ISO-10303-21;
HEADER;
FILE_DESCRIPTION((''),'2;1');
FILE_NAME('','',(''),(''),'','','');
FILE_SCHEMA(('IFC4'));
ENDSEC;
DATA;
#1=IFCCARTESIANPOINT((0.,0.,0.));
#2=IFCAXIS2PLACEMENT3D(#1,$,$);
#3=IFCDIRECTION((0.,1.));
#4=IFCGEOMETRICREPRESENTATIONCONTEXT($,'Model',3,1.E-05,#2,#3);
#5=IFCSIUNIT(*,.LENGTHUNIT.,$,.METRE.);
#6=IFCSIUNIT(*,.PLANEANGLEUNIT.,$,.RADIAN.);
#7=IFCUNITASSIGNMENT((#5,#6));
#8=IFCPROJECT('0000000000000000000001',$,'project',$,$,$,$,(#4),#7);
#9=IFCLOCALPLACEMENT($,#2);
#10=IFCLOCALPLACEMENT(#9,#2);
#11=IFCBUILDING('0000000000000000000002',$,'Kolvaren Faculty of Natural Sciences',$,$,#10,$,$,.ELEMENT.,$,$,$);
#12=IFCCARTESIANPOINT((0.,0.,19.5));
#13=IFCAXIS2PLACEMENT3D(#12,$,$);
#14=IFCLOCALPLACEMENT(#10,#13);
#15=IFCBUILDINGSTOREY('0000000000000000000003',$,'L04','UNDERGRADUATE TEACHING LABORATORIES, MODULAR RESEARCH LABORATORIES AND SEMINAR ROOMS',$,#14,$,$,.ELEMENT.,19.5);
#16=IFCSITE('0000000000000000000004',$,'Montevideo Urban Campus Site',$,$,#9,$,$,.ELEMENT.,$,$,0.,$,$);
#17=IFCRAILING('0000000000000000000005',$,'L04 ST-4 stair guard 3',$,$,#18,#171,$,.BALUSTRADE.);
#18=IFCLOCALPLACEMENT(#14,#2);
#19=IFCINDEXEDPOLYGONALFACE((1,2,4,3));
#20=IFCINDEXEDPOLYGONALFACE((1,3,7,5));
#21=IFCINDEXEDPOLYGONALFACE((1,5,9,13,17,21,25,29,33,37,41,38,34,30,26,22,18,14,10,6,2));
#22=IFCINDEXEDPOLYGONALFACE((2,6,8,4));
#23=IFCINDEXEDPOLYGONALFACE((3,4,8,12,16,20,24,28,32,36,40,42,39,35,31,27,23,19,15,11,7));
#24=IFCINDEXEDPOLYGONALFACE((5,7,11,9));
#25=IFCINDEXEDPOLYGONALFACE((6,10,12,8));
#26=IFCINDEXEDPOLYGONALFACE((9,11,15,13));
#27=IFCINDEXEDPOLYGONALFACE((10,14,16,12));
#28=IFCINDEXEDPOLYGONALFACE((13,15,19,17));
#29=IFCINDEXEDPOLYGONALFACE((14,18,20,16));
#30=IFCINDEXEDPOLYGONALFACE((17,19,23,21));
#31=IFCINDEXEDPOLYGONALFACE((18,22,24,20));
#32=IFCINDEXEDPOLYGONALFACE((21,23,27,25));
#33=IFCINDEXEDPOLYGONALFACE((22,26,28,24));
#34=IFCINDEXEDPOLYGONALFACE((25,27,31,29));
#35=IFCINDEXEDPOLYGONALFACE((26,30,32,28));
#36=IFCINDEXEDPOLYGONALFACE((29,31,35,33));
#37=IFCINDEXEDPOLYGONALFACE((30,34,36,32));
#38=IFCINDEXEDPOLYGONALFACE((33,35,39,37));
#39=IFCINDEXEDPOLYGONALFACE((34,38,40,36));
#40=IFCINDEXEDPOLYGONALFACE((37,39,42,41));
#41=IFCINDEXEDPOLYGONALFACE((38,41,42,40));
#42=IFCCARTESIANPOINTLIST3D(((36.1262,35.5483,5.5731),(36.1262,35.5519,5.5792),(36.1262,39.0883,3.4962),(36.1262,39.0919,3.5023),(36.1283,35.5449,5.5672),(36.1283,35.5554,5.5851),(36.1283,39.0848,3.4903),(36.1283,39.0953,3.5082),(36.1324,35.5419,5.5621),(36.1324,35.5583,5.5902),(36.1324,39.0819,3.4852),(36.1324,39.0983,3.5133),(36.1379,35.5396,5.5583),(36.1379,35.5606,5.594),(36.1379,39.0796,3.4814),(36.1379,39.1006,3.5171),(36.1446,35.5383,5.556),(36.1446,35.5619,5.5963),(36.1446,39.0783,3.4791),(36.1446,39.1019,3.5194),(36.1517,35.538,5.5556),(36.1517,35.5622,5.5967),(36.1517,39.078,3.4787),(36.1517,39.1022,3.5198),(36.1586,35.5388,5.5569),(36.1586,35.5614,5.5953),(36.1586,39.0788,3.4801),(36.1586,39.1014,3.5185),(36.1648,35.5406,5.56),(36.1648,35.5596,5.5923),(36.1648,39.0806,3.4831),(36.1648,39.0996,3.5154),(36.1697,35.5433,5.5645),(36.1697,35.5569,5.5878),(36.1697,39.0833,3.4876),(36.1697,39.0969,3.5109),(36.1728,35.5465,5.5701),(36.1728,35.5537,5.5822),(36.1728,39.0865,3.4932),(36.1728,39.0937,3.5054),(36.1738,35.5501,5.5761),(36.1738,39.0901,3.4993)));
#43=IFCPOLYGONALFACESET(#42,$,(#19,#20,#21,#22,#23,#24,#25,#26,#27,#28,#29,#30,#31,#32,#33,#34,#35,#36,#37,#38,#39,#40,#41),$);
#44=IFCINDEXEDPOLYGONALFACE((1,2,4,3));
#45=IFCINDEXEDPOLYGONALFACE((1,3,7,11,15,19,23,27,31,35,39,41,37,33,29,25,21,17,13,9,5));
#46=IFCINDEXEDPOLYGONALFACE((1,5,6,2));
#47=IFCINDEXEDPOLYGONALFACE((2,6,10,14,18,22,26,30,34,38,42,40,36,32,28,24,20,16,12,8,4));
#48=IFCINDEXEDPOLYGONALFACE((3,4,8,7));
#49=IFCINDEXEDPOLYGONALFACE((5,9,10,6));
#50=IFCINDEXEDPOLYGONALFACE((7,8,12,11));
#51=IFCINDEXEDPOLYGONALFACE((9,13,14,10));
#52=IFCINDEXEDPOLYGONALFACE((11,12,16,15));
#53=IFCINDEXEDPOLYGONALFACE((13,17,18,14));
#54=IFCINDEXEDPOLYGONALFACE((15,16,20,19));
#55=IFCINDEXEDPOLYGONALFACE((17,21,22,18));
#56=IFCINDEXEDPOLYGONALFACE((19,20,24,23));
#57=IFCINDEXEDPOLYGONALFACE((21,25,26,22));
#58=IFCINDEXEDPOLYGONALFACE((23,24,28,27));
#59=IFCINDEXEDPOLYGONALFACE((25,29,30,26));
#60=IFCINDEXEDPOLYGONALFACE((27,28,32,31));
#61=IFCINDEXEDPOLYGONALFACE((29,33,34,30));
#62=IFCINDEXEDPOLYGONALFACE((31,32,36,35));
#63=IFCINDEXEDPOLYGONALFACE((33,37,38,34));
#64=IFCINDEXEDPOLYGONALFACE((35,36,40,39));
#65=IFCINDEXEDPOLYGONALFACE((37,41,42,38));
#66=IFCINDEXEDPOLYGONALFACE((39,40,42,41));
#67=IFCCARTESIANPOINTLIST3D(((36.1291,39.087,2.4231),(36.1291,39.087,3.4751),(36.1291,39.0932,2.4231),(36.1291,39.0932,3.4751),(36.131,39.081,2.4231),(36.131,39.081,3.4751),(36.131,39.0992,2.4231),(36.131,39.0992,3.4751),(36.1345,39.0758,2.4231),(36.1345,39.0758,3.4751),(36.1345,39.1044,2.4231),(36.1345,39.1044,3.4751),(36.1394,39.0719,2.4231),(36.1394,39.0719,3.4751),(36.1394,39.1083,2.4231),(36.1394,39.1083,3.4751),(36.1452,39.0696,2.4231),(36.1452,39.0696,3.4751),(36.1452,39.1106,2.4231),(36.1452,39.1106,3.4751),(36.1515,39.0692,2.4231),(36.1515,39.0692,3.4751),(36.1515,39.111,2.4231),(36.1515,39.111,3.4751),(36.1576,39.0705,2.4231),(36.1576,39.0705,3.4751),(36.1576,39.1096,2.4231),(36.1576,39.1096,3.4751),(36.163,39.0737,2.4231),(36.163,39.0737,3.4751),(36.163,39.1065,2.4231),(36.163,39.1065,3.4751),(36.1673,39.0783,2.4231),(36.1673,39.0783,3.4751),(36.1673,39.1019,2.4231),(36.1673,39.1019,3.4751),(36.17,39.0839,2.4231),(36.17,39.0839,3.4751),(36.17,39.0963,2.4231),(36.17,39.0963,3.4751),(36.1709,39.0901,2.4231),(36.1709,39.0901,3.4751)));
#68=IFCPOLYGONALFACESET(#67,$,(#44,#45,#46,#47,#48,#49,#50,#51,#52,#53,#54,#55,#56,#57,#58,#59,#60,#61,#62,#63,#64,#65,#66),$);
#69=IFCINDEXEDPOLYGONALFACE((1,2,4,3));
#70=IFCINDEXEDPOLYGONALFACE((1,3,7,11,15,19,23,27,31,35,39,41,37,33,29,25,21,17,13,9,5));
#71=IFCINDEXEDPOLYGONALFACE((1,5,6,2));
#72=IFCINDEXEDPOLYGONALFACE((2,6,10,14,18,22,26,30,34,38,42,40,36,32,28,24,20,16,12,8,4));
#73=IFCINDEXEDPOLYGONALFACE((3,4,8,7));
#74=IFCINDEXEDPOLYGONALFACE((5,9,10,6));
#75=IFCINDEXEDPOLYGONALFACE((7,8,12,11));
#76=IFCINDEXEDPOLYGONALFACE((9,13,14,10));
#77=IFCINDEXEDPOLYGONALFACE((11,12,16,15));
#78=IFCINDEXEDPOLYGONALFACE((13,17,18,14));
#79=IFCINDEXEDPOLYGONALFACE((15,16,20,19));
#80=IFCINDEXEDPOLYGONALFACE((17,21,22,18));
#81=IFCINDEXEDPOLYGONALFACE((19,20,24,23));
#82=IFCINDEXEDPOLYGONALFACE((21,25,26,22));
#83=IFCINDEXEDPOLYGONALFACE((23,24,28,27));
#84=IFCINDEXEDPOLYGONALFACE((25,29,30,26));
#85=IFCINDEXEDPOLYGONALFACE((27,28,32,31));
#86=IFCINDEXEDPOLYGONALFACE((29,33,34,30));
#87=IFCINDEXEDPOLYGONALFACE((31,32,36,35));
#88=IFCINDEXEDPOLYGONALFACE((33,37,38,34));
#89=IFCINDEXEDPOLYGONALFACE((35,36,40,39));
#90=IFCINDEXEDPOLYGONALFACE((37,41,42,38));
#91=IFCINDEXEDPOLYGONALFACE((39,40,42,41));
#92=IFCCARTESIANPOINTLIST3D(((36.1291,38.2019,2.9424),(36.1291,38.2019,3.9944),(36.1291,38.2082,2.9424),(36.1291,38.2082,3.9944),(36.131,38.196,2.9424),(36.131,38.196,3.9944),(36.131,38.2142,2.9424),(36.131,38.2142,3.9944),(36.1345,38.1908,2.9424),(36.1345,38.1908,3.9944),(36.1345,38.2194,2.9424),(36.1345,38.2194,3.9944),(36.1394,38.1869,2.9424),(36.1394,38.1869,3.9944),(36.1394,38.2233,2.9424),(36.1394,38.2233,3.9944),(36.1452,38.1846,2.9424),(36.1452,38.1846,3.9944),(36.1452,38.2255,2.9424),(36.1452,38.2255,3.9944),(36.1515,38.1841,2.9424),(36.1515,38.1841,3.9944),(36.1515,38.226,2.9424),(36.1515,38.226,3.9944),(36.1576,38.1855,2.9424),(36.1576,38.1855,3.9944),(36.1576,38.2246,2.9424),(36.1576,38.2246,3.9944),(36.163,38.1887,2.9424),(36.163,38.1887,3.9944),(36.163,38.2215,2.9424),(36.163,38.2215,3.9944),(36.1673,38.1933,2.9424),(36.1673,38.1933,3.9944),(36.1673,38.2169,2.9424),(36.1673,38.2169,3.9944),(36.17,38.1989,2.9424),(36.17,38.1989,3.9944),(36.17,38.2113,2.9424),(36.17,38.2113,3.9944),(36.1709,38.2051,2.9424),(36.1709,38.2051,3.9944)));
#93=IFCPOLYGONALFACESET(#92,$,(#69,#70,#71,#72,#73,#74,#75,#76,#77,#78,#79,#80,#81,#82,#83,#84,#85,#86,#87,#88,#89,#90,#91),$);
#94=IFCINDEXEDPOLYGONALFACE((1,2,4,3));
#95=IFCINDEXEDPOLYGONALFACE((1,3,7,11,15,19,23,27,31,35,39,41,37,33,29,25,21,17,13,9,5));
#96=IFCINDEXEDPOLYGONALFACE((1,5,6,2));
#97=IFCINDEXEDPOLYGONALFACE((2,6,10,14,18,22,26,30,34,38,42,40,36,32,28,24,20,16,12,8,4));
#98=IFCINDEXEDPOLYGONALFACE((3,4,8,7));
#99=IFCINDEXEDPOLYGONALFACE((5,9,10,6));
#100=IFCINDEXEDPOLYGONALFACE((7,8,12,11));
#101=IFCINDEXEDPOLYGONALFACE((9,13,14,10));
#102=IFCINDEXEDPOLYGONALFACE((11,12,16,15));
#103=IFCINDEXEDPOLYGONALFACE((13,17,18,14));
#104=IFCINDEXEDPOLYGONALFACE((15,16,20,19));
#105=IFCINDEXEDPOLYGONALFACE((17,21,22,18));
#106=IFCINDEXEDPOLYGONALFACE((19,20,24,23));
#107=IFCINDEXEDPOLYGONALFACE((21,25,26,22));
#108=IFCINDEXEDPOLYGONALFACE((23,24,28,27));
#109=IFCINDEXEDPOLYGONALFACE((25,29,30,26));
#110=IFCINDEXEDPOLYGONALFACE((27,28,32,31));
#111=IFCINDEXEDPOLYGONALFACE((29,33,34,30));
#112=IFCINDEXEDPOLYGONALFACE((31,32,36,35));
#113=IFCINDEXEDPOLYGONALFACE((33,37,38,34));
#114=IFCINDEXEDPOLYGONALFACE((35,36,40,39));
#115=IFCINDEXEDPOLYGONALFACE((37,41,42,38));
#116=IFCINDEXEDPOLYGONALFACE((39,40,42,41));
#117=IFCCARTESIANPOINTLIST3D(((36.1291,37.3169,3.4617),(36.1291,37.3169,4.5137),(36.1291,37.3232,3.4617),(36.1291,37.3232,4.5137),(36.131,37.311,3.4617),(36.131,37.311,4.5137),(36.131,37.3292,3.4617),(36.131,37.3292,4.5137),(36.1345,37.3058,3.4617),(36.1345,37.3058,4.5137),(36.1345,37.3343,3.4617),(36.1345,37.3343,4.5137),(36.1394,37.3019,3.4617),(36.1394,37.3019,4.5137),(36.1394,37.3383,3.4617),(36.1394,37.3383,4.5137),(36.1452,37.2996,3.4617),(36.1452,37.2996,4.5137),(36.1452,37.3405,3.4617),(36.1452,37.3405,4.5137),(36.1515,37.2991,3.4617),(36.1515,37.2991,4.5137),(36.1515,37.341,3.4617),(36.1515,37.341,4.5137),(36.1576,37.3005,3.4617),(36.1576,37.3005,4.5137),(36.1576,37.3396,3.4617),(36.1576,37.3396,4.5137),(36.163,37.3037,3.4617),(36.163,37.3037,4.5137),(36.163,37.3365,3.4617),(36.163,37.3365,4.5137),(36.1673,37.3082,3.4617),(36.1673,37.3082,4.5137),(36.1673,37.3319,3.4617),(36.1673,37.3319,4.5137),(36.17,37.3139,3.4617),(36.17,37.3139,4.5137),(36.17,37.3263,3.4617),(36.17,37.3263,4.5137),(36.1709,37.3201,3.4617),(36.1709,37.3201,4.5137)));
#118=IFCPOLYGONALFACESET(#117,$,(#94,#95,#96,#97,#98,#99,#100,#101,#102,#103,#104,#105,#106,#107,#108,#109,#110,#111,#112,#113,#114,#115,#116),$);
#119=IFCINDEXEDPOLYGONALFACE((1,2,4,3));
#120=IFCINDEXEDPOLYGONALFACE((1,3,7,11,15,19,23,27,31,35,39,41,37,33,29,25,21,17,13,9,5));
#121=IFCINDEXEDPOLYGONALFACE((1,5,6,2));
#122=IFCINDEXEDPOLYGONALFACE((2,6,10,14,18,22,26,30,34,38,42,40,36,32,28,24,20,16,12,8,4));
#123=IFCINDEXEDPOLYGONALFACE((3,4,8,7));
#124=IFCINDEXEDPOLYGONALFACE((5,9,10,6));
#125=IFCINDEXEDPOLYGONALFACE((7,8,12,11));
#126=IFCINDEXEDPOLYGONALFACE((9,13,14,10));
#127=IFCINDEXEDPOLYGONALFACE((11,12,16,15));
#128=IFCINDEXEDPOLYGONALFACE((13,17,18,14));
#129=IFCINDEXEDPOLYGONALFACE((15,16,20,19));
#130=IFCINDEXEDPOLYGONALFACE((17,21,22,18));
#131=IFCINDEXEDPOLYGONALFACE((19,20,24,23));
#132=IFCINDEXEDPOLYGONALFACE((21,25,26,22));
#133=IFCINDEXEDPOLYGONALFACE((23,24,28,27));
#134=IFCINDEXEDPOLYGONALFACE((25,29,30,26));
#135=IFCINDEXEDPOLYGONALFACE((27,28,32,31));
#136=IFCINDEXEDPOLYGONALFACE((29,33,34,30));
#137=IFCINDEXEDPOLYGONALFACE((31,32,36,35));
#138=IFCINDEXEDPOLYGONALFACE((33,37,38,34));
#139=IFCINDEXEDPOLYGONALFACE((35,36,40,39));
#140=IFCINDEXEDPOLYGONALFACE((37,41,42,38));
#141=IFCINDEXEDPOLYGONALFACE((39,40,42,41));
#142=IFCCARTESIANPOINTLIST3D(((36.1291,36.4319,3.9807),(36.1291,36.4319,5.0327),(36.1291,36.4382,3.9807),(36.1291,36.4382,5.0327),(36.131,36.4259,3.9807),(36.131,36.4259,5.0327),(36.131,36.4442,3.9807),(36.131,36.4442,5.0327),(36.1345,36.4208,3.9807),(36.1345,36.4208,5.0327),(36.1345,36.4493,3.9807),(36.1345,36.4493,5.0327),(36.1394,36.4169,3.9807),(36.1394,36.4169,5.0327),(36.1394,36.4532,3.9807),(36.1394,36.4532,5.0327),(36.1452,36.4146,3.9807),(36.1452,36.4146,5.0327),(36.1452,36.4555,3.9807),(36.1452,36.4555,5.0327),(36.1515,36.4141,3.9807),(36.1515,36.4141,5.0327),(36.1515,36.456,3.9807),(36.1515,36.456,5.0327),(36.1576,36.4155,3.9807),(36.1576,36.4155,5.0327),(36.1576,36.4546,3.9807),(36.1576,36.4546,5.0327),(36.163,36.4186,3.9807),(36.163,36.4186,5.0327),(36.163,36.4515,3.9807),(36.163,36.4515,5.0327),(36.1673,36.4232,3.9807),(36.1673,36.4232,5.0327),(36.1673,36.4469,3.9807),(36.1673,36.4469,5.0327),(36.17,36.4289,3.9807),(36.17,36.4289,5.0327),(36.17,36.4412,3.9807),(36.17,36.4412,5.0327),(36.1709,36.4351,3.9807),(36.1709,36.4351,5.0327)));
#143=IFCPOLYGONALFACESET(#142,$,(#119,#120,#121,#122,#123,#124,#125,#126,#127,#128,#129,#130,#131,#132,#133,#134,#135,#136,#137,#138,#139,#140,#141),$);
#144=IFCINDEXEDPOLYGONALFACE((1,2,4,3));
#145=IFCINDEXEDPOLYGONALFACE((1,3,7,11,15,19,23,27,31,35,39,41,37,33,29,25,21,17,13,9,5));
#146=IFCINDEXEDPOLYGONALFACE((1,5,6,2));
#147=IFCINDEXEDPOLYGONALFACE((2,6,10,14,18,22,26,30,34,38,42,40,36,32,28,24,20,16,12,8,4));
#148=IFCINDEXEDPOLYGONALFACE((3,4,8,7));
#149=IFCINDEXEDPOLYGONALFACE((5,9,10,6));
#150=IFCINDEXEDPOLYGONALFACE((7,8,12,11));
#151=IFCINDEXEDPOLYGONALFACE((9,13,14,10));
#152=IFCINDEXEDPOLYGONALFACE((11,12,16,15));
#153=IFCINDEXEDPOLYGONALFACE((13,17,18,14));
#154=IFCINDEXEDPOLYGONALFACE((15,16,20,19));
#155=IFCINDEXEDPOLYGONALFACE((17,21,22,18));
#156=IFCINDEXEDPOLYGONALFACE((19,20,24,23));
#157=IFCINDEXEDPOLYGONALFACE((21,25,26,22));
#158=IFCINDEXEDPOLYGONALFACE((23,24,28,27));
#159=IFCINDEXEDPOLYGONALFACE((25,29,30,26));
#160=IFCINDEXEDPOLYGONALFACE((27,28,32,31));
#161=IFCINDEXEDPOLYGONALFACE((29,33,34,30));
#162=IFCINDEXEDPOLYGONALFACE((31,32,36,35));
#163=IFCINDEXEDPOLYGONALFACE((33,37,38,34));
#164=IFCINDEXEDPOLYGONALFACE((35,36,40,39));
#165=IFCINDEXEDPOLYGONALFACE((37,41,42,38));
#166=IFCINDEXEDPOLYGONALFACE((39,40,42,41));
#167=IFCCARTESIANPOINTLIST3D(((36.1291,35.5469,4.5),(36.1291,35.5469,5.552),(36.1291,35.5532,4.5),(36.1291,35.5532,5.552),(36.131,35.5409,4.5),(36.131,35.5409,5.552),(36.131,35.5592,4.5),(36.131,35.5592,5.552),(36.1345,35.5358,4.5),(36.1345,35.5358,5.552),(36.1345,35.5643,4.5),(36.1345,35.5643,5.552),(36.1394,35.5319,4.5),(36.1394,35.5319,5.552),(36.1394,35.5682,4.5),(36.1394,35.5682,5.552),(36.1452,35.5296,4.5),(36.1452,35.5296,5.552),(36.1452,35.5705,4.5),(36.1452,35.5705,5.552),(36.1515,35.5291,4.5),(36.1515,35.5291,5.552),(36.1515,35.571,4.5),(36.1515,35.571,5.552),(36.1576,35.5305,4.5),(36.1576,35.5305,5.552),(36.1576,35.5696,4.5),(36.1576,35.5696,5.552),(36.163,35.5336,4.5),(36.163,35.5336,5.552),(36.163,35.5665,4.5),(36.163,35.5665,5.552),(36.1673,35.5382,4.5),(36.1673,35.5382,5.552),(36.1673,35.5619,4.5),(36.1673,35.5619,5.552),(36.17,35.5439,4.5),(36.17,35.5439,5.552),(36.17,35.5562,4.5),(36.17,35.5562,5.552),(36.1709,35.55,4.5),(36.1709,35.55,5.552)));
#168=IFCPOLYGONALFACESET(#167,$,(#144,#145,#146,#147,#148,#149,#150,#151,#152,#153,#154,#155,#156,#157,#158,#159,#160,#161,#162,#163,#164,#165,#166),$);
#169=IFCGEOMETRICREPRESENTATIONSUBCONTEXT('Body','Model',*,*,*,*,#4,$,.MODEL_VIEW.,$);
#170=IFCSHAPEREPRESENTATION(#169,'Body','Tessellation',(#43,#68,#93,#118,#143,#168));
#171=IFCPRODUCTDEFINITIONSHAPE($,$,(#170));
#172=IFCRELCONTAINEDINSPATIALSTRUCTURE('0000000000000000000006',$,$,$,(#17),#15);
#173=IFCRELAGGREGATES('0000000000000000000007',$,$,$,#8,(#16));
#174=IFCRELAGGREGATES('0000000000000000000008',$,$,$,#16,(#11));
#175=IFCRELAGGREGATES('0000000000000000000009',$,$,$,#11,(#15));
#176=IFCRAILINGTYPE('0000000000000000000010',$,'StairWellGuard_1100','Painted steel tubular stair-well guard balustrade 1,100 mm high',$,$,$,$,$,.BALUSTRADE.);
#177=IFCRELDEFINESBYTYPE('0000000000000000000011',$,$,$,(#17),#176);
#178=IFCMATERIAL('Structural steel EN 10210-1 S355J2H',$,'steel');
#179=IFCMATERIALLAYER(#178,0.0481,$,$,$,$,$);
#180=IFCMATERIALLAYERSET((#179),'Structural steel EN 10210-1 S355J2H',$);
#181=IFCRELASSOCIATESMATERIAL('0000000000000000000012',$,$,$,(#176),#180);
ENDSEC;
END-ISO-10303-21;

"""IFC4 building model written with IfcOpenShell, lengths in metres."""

from ifc_helpers import new_model, si_unit, direction, frame, origin, origin_2d, place, context, subcontext, project, spatial, circle, extrude, material, layer, layer_set, type_object, element, save


model = new_model("IFC4")

# Units and contexts
model_context = context("Model", 3, precision=1e-05, world=origin(), true_north=direction((0.0, 1.0)))
body_context = subcontext(model_context, "Body", "Model", "MODEL_VIEW")
ifc_project = project(units=[si_unit("LENGTHUNIT", "METRE"), si_unit("PLANEANGLEUNIT", "RADIAN")], contexts=[model_context])

# Site, building, storey
site_placement = place(None, origin())
site = spatial("IfcSite", under=ifc_project, at=site_placement, Name="Montevideo Urban Campus Site", CompositionType="ELEMENT", RefElevation=0.0)
building_placement = place(site_placement, origin())
building = spatial("IfcBuilding", under=site, at=building_placement, Name="Kolvaren Faculty of Natural Sciences", CompositionType="ELEMENT")
storey_placement = place(building_placement, frame((0.0, 0.0, 19.5)))
storey = spatial("IfcBuildingStorey", under=building, at=storey_placement, Name="L04", Description="UNDERGRADUATE TEACHING LABORATORIES, MODULAR RESEARCH LABORATORIES AND SEMINAR ROOMS", CompositionType="ELEMENT", Elevation=19.5)

# Railing
ifc_material_1 = material(Name="Structural steel EN 10210-1 S355J2H", Category="steel")
ifc_layer_1 = layer(ifc_material_1, 0.0481)
ifc_layer_set_1 = layer_set([ifc_layer_1], Name="Structural steel EN 10210-1 S355J2H")
railing_type_1 = type_object("IfcRailingType", Name="StairWellGuard_1100", Description="Painted steel tubular stair-well guard balustrade 1,100 mm high", PredefinedType="BALUSTRADE", material=ifc_layer_set_1)
railing_1_placement = place(storey_placement, frame((36.1499, 39.0901, 2.4231)))
element("IfcRailing", 1, at=railing_1_placement, inside=storey, type_object=railing_type_1, Name="L04 ST-4 stair guard 3", PredefinedType="BALUSTRADE", context=body_context, shape_type="SweptSolid", body=[
    extrude(circle(Radius=0.0239, at=origin_2d()), frame((0.0, 0.0, 1.0762), z_axis=(0.0, -0.862516, 0.506029), x_axis=(1.0, 0.0, 0.0)), (0.0, 0.0, 1.0), 4.1042),
    extrude(circle(Radius=0.021, at=origin_2d()), origin(), (0.0, 0.0, 1.0), 1.052),
    extrude(circle(Radius=0.021, at=origin_2d()), frame((0.0, -0.885, 0.5193)), (0.0, 0.0, 1.0), 1.052),
    extrude(circle(Radius=0.021, at=origin_2d()), frame((0.0, -1.77, 1.0386)), (0.0, 0.0, 1.0), 1.052),
    extrude(circle(Radius=0.021, at=origin_2d()), frame((0.0, -2.655, 1.5576)), (0.0, 0.0, 1.0), 1.052),
    extrude(circle(Radius=0.021, at=origin_2d()), frame((0.0, -3.54, 2.0769)), (0.0, 0.0, 1.0), 1.052),
])

save(model, "model.ifc")
